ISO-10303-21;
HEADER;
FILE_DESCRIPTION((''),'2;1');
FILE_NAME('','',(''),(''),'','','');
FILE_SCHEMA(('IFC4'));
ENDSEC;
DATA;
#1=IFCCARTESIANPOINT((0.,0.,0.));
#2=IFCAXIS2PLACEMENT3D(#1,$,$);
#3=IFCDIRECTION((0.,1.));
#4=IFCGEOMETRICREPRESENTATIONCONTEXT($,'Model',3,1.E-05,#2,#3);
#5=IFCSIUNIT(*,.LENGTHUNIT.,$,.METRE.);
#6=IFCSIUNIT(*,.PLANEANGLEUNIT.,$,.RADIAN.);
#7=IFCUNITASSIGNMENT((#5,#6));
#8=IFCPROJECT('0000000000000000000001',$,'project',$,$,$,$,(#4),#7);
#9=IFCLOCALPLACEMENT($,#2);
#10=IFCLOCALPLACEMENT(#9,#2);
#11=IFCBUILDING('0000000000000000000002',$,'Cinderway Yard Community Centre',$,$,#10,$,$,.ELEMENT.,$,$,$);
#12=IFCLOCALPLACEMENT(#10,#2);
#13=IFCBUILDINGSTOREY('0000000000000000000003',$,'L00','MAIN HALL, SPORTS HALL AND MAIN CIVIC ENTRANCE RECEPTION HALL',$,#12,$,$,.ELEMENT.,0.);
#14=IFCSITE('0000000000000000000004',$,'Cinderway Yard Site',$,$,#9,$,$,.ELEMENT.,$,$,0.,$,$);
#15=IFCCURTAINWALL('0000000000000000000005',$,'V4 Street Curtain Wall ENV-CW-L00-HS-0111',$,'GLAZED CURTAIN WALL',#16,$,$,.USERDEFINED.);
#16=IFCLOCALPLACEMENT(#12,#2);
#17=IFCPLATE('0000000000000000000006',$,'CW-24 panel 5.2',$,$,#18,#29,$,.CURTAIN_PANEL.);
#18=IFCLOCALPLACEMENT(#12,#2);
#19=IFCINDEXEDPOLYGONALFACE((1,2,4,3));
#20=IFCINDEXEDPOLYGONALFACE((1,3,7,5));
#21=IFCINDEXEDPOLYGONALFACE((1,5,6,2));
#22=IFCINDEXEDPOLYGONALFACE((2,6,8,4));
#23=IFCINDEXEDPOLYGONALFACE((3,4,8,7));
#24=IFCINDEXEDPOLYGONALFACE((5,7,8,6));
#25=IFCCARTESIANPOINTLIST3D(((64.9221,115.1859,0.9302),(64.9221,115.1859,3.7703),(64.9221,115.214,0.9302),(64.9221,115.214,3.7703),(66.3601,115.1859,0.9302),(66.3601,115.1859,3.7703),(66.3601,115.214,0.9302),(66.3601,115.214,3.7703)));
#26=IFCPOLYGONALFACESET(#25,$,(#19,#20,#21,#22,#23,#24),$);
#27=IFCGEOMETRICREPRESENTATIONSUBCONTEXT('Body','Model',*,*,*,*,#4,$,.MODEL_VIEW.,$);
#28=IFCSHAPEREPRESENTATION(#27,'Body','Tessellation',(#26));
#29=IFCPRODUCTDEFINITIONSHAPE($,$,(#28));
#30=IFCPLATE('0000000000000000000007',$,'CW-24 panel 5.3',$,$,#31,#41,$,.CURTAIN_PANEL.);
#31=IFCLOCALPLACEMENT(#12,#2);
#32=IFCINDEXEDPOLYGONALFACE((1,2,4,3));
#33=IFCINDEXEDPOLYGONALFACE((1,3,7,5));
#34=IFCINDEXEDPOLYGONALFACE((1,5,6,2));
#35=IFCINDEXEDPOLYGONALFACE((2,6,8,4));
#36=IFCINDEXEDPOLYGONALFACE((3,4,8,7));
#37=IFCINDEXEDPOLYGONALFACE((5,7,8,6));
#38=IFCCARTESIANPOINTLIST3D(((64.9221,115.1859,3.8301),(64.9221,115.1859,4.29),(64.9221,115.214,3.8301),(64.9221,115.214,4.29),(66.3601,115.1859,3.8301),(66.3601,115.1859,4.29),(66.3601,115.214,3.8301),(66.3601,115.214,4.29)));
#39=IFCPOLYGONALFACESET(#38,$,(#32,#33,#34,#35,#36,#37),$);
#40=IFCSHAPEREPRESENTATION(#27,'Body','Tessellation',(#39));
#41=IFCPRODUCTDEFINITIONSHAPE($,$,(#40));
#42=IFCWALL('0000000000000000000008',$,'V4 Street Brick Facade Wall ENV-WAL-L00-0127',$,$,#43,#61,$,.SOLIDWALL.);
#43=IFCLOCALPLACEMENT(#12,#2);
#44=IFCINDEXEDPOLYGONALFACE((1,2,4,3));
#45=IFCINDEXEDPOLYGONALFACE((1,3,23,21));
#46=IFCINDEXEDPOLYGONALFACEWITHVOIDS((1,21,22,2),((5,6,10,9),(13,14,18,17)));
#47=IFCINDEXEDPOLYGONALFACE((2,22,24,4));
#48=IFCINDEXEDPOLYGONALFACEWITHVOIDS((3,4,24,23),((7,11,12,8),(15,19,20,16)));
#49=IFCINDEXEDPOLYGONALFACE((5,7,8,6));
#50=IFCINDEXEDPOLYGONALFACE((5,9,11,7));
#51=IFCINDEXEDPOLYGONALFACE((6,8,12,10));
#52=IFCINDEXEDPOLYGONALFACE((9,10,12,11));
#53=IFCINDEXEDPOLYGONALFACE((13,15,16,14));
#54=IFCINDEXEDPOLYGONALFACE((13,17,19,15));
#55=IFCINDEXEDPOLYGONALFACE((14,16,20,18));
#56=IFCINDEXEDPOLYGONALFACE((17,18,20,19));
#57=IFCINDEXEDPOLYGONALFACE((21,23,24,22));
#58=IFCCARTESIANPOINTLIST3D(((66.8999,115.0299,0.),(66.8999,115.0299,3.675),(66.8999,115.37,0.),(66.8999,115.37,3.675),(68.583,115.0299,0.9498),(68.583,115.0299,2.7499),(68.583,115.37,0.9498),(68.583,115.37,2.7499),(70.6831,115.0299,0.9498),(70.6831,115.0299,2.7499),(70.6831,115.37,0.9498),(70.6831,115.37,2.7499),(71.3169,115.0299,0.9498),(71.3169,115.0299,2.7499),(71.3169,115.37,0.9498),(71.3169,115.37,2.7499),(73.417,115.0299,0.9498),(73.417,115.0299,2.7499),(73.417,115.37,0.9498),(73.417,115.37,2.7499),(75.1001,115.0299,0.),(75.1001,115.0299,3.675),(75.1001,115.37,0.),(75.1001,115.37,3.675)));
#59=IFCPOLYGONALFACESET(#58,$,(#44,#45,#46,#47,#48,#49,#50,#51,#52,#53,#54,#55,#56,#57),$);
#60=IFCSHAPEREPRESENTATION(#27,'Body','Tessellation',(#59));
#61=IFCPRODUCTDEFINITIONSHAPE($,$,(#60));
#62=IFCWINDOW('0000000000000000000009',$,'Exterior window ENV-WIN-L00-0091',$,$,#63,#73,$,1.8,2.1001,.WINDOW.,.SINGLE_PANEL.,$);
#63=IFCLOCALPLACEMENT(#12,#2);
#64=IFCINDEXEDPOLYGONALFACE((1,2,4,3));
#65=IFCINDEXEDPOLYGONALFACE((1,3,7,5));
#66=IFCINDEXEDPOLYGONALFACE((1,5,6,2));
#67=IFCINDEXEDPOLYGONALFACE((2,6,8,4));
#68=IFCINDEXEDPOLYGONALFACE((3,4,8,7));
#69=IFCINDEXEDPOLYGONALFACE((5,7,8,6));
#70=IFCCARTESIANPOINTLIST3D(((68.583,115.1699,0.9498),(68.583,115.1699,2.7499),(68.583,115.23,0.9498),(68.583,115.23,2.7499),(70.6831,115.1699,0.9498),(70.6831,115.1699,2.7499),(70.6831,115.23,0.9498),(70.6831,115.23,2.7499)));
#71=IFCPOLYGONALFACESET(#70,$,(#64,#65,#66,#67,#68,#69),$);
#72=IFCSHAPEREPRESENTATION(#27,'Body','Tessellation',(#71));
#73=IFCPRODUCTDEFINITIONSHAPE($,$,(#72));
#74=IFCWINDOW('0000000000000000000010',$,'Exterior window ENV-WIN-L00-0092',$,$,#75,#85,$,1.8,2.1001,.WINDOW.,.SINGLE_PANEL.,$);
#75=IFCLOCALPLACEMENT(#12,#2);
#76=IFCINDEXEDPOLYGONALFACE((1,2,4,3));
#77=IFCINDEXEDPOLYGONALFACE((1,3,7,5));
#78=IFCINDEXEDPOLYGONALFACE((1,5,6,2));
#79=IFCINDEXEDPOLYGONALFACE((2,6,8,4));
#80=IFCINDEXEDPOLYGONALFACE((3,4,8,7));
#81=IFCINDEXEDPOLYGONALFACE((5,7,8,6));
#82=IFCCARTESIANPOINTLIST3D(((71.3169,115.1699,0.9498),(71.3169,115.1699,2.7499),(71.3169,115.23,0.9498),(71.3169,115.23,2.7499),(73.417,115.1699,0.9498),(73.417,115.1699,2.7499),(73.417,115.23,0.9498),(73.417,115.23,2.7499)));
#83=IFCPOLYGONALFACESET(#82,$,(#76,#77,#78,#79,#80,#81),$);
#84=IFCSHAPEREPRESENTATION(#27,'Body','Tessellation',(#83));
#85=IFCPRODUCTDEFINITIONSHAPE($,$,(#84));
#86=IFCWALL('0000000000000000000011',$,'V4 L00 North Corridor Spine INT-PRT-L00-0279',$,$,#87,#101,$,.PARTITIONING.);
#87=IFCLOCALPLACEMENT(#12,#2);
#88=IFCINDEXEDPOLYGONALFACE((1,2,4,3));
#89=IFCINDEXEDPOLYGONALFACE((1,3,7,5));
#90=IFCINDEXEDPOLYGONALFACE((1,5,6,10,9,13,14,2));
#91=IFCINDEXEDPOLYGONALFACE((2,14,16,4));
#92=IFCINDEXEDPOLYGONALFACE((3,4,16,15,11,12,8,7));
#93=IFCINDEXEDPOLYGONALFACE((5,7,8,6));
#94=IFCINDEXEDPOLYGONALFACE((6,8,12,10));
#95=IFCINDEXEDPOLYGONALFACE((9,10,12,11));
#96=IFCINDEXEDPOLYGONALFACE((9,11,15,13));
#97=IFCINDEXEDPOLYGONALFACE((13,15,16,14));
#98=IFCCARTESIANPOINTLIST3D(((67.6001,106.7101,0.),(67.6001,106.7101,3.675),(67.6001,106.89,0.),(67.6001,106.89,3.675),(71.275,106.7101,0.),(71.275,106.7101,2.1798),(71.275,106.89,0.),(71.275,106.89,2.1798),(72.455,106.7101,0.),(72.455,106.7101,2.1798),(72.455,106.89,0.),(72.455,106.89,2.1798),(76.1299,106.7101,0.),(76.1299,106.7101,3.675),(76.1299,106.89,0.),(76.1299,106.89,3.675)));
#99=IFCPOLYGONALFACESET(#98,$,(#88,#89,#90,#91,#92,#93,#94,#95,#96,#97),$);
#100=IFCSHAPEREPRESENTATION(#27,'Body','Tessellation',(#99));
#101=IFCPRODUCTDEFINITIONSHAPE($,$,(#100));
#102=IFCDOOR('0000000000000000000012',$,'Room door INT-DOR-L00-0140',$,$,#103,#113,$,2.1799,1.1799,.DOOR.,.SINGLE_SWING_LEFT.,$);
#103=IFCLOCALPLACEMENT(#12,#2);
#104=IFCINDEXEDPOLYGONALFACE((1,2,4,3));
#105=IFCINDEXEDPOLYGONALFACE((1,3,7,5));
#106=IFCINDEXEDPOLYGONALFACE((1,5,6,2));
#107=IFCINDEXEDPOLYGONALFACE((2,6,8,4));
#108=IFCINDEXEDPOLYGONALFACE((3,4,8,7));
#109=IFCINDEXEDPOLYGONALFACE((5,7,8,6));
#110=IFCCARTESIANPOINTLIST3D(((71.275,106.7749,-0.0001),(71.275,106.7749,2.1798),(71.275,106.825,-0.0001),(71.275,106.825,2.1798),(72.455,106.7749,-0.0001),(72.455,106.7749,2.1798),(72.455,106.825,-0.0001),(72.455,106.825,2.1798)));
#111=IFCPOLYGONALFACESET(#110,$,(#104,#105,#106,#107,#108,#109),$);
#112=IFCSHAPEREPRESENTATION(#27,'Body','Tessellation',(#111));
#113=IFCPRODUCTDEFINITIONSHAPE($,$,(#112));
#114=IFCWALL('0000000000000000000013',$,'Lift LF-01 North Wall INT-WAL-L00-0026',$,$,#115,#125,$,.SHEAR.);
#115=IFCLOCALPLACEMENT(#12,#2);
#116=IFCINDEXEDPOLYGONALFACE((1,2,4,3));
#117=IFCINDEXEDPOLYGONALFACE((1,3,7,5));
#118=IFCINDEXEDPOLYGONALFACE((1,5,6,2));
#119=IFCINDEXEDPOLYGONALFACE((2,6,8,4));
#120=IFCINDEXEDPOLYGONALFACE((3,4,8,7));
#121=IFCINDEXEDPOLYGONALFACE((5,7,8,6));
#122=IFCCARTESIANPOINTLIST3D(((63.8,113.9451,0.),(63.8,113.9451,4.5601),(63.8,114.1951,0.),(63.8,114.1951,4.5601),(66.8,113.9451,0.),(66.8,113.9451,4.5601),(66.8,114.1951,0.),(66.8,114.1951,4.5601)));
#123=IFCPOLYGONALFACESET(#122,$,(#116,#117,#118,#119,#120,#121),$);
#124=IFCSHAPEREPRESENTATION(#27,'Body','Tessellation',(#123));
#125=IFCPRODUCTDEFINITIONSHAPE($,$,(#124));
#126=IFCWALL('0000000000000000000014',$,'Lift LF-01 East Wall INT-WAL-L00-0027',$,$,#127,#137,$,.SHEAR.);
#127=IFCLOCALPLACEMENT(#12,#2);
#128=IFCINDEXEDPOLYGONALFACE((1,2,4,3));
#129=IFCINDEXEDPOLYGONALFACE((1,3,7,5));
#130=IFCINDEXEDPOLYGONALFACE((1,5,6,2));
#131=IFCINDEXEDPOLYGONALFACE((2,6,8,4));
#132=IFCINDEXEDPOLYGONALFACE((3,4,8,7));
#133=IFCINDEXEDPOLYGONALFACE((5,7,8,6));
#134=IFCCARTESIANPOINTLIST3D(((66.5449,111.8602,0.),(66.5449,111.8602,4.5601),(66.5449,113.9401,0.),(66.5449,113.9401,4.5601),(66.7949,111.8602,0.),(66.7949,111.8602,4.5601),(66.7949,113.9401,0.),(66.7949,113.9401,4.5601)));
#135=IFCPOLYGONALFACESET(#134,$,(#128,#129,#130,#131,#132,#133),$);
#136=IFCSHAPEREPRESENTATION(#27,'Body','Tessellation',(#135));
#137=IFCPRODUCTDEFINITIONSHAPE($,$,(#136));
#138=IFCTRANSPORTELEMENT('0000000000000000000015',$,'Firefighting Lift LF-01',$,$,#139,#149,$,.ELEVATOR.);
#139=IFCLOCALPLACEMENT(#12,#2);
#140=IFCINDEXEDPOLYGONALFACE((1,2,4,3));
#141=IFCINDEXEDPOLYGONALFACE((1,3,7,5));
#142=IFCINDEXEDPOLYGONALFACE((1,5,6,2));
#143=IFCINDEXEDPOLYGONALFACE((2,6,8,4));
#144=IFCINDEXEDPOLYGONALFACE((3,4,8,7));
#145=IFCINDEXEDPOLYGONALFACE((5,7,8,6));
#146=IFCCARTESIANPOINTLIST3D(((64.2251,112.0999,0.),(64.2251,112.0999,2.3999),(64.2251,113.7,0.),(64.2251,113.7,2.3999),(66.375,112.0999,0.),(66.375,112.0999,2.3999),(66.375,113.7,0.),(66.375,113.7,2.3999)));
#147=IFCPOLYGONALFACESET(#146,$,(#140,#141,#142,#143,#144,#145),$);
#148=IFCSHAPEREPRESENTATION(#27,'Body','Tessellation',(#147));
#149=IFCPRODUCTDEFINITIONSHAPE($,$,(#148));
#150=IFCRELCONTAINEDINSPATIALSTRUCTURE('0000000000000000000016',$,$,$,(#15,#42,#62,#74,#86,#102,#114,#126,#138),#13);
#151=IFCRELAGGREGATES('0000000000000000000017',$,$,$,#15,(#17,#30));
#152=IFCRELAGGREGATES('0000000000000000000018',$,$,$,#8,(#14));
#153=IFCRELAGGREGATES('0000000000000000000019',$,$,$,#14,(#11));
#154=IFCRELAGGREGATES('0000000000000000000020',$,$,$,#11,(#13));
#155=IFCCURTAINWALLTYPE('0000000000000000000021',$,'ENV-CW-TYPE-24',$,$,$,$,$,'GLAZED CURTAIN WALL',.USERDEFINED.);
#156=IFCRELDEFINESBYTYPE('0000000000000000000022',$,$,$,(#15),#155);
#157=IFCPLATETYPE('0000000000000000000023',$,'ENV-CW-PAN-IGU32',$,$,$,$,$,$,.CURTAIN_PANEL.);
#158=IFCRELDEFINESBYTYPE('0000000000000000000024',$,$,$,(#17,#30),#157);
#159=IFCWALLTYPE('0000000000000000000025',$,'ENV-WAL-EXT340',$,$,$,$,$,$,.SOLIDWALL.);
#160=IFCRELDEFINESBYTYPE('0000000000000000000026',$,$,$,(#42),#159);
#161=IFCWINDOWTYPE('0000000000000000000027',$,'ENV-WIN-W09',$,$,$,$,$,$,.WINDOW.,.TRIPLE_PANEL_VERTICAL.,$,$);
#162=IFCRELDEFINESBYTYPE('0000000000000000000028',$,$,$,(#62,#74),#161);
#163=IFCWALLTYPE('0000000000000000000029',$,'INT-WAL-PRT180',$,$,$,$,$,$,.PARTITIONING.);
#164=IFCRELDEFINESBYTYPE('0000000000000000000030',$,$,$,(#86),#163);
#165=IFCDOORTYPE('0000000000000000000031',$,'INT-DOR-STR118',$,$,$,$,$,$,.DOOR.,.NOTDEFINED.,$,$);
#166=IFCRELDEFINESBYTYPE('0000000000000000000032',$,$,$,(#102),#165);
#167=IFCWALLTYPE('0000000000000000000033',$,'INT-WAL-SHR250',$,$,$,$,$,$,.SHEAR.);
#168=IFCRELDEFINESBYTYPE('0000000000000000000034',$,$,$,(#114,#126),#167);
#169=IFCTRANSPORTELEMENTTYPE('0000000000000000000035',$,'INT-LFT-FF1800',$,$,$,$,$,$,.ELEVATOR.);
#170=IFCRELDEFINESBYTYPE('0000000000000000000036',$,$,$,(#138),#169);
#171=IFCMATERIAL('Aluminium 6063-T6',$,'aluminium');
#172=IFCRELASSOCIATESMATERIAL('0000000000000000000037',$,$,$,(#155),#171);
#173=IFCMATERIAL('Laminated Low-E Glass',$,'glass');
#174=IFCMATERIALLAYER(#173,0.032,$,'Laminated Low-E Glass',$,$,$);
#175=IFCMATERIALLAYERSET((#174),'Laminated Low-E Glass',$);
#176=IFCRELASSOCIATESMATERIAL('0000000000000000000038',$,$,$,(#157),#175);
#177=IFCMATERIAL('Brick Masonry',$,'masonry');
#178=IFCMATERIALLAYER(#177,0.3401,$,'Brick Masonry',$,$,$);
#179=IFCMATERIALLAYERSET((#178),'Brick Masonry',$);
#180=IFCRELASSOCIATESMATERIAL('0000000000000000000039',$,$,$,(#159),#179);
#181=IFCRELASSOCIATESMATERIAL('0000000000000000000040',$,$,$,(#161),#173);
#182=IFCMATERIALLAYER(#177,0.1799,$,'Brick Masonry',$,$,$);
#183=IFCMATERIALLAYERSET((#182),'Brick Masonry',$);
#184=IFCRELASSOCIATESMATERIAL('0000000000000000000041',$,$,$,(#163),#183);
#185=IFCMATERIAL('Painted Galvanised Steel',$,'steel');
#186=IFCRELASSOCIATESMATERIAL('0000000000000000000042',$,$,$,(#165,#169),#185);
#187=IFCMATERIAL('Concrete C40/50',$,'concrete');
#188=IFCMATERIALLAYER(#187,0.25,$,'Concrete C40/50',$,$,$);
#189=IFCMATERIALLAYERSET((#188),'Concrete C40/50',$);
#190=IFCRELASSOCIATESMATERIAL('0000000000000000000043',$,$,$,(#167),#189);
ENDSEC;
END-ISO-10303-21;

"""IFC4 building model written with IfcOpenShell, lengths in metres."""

from ifc_helpers import new_model, si_unit, direction, frame, frame_2d, origin, origin_2d, place, context, subcontext, project, spatial, rectangle, extrude, material, layer, layer_set, type_object, element, fill, aggregate, save


model = new_model("IFC4")

# Units and contexts
model_context = context("Model", 3, precision=1e-05, world=origin(), true_north=direction((0.0, 1.0)))
body_context = subcontext(model_context, "Body", "Model", "MODEL_VIEW")
ifc_project = project(units=[si_unit("LENGTHUNIT", "METRE"), si_unit("PLANEANGLEUNIT", "RADIAN")], contexts=[model_context])

# Site, building, storey
site_placement = place(None, origin())
site = spatial("IfcSite", under=ifc_project, at=site_placement, Name="Cinderway Yard Site", CompositionType="ELEMENT", RefElevation=0.0)
building_placement = place(site_placement, origin())
building = spatial("IfcBuilding", under=site, at=building_placement, Name="Cinderway Yard Community Centre", CompositionType="ELEMENT")
storey_placement = place(building_placement, origin())
storey = spatial("IfcBuildingStorey", under=building, at=storey_placement, Name="L00", Description="MAIN HALL, SPORTS HALL AND MAIN CIVIC ENTRANCE RECEPTION HALL", CompositionType="ELEMENT", Elevation=0.0)

# Shared definitions
ifc_material_1 = material(Name="Concrete C40/50", Category="concrete")

# Curtain wall, plates
ifc_material_2 = material(Name="Aluminium 6063-T6", Category="aluminium")
curtain_wall_type = type_object("IfcCurtainWallType", Name="ENV-CW-TYPE-24", ElementType="GLAZED CURTAIN WALL", PredefinedType="USERDEFINED", material=ifc_material_2)
curtain_wall_placement = place(storey_placement, origin())
curtain_wall = element("IfcCurtainWall", 1, at=curtain_wall_placement, inside=storey, type_object=curtain_wall_type, Name="V4 Street Curtain Wall ENV-CW-L00-HS-0111", ObjectType="GLAZED CURTAIN WALL", PredefinedType="USERDEFINED")
ifc_material_3 = material(Name="Laminated Low-E Glass", Category="glass")
ifc_layer_1 = layer(ifc_material_3, 0.032, Name="Laminated Low-E Glass")
ifc_layer_set_1 = layer_set([ifc_layer_1], Name="Laminated Low-E Glass")
plate_type = type_object("IfcPlateType", Name="ENV-CW-PAN-IGU32", PredefinedType="CURTAIN_PANEL", material=ifc_layer_set_1)
plate_1_placement = place(storey_placement, frame((65.6411, 115.2, 0.9302), z_axis=(0.0, 0.0, 1.0), x_axis=(1.0, 0.0, 0.0)))
plate_1 = element("IfcPlate", 2, at=plate_1_placement, type_object=plate_type, Name="CW-24 panel 5.2", PredefinedType="CURTAIN_PANEL", context=body_context, shape_type="SweptSolid", body=[
    extrude(rectangle(XDim=1.438, YDim=0.0281, at=origin_2d()), origin(), (0.0, 0.0, 1.0), 2.8401),
])
plate_2_placement = place(storey_placement, frame((65.6411, 115.2, 3.8301), z_axis=(0.0, 0.0, 1.0), x_axis=(1.0, 0.0, 0.0)))
plate_2 = element("IfcPlate", 3, at=plate_2_placement, type_object=plate_type, Name="CW-24 panel 5.3", PredefinedType="CURTAIN_PANEL", context=body_context, shape_type="SweptSolid", body=[
    extrude(rectangle(XDim=1.438, YDim=0.0281, at=origin_2d()), origin(), (0.0, 0.0, 1.0), 0.46),
])
aggregate(curtain_wall, [plate_1, plate_2])

# Wall, openings, windows
ifc_material_4 = material(Name="Brick Masonry", Category="masonry")
ifc_layer_2 = layer(ifc_material_4, 0.3401, Name="Brick Masonry")
ifc_layer_set_2 = layer_set([ifc_layer_2], Name="Brick Masonry")
wall_type_1 = type_object("IfcWallType", Name="ENV-WAL-EXT340", PredefinedType="SOLIDWALL", material=ifc_layer_set_2)
wall_1_placement = place(storey_placement, frame((66.8999, 115.2, 0.0), z_axis=(0.0, 0.0, 1.0), x_axis=(1.0, 0.0, 0.0)))
wall_1 = element("IfcWall", 4, at=wall_1_placement, inside=storey, type_object=wall_type_1, Name="V4 Street Brick Facade Wall ENV-WAL-L00-0127", PredefinedType="SOLIDWALL", context=body_context, shape_type="SweptSolid", body=[
    extrude(rectangle(XDim=8.2002, YDim=0.3401, at=frame_2d((4.1001, 0.0))), origin(), (0.0, 0.0, 1.0), 3.675),
])
opening_1_placement = place(wall_1_placement, frame((1.6831, 0.0, 0.95)))
opening_1 = element("IfcOpeningElement", 5, at=opening_1_placement, cuts=wall_1, PredefinedType="OPENING", context=body_context, shape_type="SweptSolid", body=[
    extrude(rectangle(XDim=2.1001, YDim=1.8, at=frame_2d((1.05, 0.8999))), frame((0.0, 0.1799, 0.0), z_axis=(0.0, -1.0, 0.0), x_axis=(1.0, 0.0, 0.0)), (0.0, 0.0, 1.0), 0.3601),
])
opening_2_placement = place(wall_1_placement, frame((4.417, 0.0, 0.95)))
opening_2 = element("IfcOpeningElement", 6, at=opening_2_placement, cuts=wall_1, PredefinedType="OPENING", context=body_context, shape_type="SweptSolid", body=[
    extrude(rectangle(XDim=2.1001, YDim=1.8, at=frame_2d((1.05, 0.8999))), frame((0.0, 0.1799, 0.0), z_axis=(0.0, -1.0, 0.0), x_axis=(1.0, 0.0, 0.0)), (0.0, 0.0, 1.0), 0.3601),
])
window_type = type_object("IfcWindowType", Name="ENV-WIN-W09", PartitioningType="TRIPLE_PANEL_VERTICAL", PredefinedType="WINDOW", material=ifc_material_3)
window_1_placement = place(opening_1_placement, origin())
window_1 = element("IfcWindow", 7, at=window_1_placement, inside=storey, type_object=window_type, Name="Exterior window ENV-WIN-L00-0091", OverallHeight=1.8, OverallWidth=2.1001, PartitioningType="SINGLE_PANEL", PredefinedType="WINDOW", context=body_context, shape_type="SweptSolid", body=[
    extrude(rectangle(XDim=2.1001, YDim=1.8, at=frame_2d((1.05, 0.8999))), frame((0.0, 0.03, 0.0), z_axis=(0.0, -1.0, 0.0), x_axis=(1.0, 0.0, 0.0)), (0.0, 0.0, 1.0), 0.0601),
])
fill(opening_1, window_1)
window_2_placement = place(opening_2_placement, origin())
window_2 = element("IfcWindow", 8, at=window_2_placement, inside=storey, type_object=window_type, Name="Exterior window ENV-WIN-L00-0092", OverallHeight=1.8, OverallWidth=2.1001, PartitioningType="SINGLE_PANEL", PredefinedType="WINDOW", context=body_context, shape_type="SweptSolid", body=[
    extrude(rectangle(XDim=2.1001, YDim=1.8, at=frame_2d((1.05, 0.8999))), frame((0.0, 0.03, 0.0), z_axis=(0.0, -1.0, 0.0), x_axis=(1.0, 0.0, 0.0)), (0.0, 0.0, 1.0), 0.0601),
])
fill(opening_2, window_2)

# Wall, opening, door
ifc_layer_3 = layer(ifc_material_4, 0.1799, Name="Brick Masonry")
ifc_layer_set_3 = layer_set([ifc_layer_3], Name="Brick Masonry")
wall_type_2 = type_object("IfcWallType", Name="INT-WAL-PRT180", PredefinedType="PARTITIONING", material=ifc_layer_set_3)
wall_2_placement = place(storey_placement, frame((67.6001, 106.8, 0.0), z_axis=(0.0, 0.0, 1.0), x_axis=(1.0, 0.0, 0.0)))
wall_2 = element("IfcWall", 9, at=wall_2_placement, inside=storey, type_object=wall_type_2, Name="V4 L00 North Corridor Spine INT-PRT-L00-0279", PredefinedType="PARTITIONING", context=body_context, shape_type="SweptSolid", body=[
    extrude(rectangle(XDim=8.5298, YDim=0.1799, at=frame_2d((4.2649, 0.0))), origin(), (0.0, 0.0, 1.0), 3.675),
])
opening_3_placement = place(wall_2_placement, frame((3.675, 0.0, 0.0)))
opening_3 = element("IfcOpeningElement", 10, at=opening_3_placement, cuts=wall_2, PredefinedType="OPENING", context=body_context, shape_type="SweptSolid", body=[
    extrude(rectangle(XDim=1.1799, YDim=2.1799, at=frame_2d((0.5898, 1.0898))), frame((0.0, 0.0999, 0.0), z_axis=(0.0, -1.0, 0.0), x_axis=(1.0, 0.0, 0.0)), (0.0, 0.0, 1.0), 0.2),
])
ifc_material_5 = material(Name="Painted Galvanised Steel", Category="steel")
door_type = type_object("IfcDoorType", Name="INT-DOR-STR118", OperationType="NOTDEFINED", PredefinedType="DOOR", material=ifc_material_5)
door_placement = place(opening_3_placement, origin())
door = element("IfcDoor", 11, at=door_placement, inside=storey, type_object=door_type, Name="Room door INT-DOR-L00-0140", OperationType="SINGLE_SWING_LEFT", OverallHeight=2.1799, OverallWidth=1.1799, PredefinedType="DOOR", context=body_context, shape_type="SweptSolid", body=[
    extrude(rectangle(XDim=1.1799, YDim=2.1799, at=frame_2d((0.5898, 1.0898))), frame((0.0, 0.0249, 0.0), z_axis=(0.0, -1.0, 0.0), x_axis=(1.0, 0.0, 0.0)), (0.0, 0.0, 1.0), 0.05),
])
fill(opening_3, door)

# Walls
ifc_layer_4 = layer(ifc_material_1, 0.25, Name="Concrete C40/50")
ifc_layer_set_4 = layer_set([ifc_layer_4], Name="Concrete C40/50")
wall_type_3 = type_object("IfcWallType", Name="INT-WAL-SHR250", PredefinedType="SHEAR", material=ifc_layer_set_4)
wall_3_placement = place(storey_placement, frame((66.8, 114.0701, 0.0), z_axis=(0.0, 0.0, 1.0), x_axis=(-1.0, 0.0, 0.0)))
element("IfcWall", 12, at=wall_3_placement, inside=storey, type_object=wall_type_3, Name="Lift LF-01 North Wall INT-WAL-L00-0026", PredefinedType="SHEAR", context=body_context, shape_type="SweptSolid", body=[
    extrude(rectangle(XDim=3.0, YDim=0.25, at=frame_2d((1.5, 0.0))), origin(), (0.0, 0.0, 1.0), 4.5601),
])
wall_4_placement = place(storey_placement, frame((66.6699, 111.8601, 0.0), z_axis=(0.0, 0.0, 1.0), x_axis=(0.0, 1.0, 0.0)))
element("IfcWall", 13, at=wall_4_placement, inside=storey, type_object=wall_type_3, Name="Lift LF-01 East Wall INT-WAL-L00-0027", PredefinedType="SHEAR", context=body_context, shape_type="SweptSolid", body=[
    extrude(rectangle(XDim=2.0798, YDim=0.25, at=frame_2d((1.04, 0.0))), origin(), (0.0, 0.0, 1.0), 4.5601),
])

# Transport element
transport_element_type = type_object("IfcTransportElementType", Name="INT-LFT-FF1800", PredefinedType="ELEVATOR", material=ifc_material_5)
transport_element_placement = place(storey_placement, frame((65.3, 112.8999, 0.0), z_axis=(0.0, 0.0, 1.0), x_axis=(1.0, 0.0, 0.0)))
element("IfcTransportElement", 14, at=transport_element_placement, inside=storey, type_object=transport_element_type, Name="Firefighting Lift LF-01", PredefinedType="ELEVATOR", context=body_context, shape_type="SweptSolid", body=[
    extrude(rectangle(XDim=2.1499, YDim=1.6001, at=origin_2d()), origin(), (0.0, 0.0, 1.0), 2.3999),
])

save(model, "model.ifc")
